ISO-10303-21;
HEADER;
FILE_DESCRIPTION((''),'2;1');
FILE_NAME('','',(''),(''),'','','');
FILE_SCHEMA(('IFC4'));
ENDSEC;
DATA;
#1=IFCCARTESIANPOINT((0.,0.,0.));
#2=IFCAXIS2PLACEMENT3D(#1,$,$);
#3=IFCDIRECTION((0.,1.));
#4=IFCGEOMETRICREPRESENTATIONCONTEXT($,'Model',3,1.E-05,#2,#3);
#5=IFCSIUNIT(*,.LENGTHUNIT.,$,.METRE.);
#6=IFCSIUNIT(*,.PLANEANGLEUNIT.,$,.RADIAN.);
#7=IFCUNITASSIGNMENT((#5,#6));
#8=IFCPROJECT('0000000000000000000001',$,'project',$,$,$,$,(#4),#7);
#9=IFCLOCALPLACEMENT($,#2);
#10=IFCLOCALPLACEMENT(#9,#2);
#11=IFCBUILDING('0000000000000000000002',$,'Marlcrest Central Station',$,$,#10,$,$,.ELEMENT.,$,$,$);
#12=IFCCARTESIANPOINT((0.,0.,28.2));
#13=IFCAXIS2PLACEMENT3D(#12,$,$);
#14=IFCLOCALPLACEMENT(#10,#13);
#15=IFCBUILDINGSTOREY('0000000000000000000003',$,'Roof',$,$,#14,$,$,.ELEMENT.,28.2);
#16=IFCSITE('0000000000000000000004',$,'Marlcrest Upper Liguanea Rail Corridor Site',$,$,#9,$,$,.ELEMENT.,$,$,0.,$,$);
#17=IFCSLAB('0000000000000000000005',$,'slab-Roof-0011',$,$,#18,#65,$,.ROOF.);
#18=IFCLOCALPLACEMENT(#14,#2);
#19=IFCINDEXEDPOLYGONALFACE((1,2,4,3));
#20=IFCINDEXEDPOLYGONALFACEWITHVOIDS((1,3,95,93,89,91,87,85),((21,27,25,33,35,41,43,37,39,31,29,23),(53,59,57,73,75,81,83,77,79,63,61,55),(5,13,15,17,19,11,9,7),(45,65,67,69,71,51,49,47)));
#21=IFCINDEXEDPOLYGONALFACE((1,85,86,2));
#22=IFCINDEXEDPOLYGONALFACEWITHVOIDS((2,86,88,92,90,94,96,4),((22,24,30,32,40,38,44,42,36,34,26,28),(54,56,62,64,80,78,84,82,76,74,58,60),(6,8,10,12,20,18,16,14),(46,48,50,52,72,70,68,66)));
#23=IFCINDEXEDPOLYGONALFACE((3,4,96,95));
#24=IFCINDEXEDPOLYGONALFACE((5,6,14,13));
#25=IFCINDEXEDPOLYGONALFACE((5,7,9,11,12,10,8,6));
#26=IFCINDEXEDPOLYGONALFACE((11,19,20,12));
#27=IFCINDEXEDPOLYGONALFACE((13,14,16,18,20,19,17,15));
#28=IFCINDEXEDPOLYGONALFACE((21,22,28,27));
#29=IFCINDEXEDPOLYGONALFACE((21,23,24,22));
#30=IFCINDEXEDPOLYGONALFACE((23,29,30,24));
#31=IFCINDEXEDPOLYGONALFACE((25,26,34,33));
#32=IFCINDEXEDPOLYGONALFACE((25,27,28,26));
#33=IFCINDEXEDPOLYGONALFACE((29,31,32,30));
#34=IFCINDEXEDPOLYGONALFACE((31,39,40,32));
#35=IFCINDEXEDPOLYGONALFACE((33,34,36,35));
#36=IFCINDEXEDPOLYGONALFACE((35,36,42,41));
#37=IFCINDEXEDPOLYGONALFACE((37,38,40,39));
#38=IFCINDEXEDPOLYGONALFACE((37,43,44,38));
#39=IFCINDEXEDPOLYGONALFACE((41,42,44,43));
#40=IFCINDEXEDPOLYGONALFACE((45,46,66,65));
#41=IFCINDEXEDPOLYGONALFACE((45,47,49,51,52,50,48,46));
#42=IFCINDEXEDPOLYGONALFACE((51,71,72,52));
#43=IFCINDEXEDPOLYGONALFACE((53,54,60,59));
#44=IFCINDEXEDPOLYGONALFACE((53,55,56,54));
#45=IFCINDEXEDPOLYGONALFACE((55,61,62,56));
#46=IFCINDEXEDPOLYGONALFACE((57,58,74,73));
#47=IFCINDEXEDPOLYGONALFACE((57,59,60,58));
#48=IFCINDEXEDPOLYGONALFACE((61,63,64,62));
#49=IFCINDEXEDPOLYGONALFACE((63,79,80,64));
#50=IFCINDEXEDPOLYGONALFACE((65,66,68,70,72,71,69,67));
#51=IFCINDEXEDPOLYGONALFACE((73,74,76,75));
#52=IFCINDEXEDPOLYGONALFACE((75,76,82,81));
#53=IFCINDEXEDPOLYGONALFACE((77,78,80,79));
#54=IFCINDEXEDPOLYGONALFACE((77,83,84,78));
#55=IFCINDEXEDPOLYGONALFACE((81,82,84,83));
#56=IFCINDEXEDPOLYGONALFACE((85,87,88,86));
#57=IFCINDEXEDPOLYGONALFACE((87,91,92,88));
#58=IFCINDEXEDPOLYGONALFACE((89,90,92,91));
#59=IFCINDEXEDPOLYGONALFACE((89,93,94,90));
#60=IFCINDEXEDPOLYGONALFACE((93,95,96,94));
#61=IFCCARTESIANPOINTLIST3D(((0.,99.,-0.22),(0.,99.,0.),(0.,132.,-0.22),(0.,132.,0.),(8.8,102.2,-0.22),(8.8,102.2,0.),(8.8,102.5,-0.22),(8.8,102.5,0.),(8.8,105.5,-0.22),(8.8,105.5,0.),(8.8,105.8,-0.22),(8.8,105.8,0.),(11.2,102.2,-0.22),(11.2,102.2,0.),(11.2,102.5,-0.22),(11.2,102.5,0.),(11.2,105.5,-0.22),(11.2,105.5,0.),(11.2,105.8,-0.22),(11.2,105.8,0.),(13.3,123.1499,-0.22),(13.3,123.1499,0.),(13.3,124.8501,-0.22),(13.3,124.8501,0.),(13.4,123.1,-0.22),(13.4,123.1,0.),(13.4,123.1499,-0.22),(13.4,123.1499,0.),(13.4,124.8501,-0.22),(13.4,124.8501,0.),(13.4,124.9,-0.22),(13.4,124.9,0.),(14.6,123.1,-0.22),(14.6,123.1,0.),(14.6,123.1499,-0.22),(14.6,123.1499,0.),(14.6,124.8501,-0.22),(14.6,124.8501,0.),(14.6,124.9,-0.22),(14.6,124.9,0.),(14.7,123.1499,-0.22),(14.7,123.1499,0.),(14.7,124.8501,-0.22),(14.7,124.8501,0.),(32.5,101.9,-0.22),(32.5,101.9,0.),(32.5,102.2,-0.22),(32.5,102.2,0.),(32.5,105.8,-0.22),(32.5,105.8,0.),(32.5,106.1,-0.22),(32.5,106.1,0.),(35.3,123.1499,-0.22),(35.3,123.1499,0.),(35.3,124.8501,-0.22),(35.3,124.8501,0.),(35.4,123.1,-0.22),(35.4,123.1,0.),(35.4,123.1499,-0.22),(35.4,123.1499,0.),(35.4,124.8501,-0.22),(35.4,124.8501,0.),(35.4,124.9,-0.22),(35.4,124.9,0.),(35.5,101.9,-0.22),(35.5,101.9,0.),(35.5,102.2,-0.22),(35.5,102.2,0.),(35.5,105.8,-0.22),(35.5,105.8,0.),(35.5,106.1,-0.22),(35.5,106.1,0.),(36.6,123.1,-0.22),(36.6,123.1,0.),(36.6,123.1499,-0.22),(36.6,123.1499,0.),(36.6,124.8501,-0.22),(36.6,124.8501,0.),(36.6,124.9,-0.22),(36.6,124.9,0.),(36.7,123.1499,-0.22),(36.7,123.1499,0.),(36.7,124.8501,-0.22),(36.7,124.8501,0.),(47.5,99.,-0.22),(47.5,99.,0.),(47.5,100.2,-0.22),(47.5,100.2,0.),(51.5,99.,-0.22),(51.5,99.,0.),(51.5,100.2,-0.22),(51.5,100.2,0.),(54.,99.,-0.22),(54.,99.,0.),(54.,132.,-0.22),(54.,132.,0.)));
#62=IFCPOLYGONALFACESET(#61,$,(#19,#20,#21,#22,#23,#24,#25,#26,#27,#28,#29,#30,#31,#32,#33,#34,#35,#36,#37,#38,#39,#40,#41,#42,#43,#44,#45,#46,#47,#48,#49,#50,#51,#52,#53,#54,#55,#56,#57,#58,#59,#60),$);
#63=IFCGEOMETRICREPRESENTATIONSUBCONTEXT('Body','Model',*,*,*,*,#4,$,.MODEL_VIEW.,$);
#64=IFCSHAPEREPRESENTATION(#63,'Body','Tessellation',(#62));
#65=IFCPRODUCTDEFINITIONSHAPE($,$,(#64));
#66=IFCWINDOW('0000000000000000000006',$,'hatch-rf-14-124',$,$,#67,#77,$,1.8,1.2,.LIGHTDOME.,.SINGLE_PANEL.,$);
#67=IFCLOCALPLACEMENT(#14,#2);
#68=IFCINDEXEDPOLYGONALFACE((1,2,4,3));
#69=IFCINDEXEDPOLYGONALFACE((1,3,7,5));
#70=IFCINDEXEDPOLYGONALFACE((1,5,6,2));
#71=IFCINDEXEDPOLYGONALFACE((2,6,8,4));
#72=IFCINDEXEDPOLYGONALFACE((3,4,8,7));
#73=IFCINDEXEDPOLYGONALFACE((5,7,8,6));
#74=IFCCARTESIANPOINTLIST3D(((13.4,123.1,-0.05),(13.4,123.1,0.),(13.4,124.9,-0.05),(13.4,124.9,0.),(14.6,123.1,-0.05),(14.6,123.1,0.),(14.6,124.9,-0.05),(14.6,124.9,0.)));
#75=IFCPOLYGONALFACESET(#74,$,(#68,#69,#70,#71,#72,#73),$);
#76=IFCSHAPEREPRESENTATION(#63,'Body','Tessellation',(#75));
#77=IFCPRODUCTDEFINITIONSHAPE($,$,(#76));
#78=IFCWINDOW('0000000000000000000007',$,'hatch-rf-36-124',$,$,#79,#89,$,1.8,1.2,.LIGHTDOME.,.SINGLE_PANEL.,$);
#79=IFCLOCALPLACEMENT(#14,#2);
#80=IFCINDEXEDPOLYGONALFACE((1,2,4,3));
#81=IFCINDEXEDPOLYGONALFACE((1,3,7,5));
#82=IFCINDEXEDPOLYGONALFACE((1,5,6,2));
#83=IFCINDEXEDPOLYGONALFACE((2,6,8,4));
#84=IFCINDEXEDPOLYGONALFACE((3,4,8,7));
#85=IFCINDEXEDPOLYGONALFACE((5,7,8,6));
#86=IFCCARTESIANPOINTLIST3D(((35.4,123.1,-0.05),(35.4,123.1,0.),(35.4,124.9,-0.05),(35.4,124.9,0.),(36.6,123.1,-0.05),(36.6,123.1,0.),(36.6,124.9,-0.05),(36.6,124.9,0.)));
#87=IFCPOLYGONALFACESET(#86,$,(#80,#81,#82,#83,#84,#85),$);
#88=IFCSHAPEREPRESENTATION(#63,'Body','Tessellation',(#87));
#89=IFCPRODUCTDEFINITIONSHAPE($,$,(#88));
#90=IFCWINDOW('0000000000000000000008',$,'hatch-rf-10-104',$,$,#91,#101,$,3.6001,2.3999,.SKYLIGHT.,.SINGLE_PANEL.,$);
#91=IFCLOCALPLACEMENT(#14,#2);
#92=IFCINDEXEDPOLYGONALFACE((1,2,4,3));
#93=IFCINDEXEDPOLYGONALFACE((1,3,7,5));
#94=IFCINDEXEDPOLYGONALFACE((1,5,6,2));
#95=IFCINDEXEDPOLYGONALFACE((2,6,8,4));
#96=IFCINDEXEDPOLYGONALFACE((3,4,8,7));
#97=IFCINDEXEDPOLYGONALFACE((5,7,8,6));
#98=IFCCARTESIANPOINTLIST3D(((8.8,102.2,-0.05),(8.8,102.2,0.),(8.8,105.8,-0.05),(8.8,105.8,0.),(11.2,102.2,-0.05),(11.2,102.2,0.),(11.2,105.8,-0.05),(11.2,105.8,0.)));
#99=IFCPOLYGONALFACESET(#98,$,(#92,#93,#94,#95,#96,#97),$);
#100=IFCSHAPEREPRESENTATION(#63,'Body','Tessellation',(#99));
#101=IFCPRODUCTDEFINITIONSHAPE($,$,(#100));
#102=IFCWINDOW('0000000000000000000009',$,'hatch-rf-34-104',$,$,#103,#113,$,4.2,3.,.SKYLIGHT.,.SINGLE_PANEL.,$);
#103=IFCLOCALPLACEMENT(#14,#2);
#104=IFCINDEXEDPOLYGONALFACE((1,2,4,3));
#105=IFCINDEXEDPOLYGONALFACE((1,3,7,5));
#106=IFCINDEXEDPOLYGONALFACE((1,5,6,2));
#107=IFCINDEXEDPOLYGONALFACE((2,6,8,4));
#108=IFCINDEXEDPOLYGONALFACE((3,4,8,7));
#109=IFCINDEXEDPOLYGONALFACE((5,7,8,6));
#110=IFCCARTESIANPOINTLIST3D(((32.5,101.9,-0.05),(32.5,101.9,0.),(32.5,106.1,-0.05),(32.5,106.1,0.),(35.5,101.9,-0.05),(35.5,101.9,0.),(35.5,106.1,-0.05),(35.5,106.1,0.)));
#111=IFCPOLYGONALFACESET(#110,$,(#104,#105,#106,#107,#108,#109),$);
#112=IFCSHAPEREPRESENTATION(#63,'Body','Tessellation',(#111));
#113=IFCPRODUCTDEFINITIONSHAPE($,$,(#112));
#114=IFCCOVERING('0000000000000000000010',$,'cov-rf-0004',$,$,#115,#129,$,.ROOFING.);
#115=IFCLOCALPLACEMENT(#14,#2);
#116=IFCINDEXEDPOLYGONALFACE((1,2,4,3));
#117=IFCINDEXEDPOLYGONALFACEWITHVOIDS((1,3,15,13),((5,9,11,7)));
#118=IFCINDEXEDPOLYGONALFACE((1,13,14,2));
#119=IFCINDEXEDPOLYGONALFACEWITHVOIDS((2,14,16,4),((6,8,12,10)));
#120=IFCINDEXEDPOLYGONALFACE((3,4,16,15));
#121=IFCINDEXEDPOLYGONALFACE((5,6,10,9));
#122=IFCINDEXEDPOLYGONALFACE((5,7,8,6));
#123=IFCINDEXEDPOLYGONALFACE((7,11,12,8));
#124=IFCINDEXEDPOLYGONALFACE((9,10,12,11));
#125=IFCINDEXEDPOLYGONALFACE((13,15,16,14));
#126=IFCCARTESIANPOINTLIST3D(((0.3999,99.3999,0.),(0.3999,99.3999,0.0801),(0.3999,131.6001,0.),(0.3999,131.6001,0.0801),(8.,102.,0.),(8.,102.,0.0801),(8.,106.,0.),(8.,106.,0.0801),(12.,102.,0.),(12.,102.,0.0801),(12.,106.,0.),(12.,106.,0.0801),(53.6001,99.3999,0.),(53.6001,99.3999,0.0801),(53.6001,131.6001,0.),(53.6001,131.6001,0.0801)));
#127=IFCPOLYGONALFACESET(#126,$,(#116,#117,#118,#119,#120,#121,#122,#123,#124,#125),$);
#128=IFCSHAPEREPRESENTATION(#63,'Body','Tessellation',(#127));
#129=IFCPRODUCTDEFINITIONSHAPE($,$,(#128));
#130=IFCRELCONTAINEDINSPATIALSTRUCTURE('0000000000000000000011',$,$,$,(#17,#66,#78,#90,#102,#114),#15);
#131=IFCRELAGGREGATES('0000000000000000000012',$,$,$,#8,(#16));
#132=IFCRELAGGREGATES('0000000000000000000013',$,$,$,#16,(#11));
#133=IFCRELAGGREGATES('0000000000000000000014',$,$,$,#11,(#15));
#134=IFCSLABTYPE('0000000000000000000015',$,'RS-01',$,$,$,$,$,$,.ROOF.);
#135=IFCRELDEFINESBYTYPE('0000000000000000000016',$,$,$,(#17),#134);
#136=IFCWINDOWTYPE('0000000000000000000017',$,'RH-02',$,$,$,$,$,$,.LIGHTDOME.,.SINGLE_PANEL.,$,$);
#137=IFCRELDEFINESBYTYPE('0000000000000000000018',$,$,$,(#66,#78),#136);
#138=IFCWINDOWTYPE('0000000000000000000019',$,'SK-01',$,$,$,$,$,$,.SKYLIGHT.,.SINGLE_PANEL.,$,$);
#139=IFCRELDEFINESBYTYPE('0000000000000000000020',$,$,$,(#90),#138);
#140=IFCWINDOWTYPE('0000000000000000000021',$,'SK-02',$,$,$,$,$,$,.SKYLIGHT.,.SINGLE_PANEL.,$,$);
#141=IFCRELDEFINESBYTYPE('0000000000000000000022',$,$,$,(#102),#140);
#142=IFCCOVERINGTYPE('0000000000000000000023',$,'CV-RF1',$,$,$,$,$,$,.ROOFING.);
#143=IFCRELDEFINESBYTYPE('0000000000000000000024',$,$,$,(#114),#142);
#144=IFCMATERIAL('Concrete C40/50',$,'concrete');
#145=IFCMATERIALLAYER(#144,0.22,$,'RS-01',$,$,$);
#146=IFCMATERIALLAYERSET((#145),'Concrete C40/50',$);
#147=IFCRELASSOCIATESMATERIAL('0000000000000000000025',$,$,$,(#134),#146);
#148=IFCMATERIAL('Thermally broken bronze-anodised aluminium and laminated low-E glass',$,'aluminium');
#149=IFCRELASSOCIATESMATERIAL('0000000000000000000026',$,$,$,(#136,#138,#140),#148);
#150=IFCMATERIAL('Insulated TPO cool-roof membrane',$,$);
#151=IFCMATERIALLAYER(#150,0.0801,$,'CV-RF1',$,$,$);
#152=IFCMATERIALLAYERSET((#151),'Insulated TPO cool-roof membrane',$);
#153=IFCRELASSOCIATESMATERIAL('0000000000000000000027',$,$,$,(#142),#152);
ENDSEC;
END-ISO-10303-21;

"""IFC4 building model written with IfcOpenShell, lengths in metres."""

from ifc_helpers import new_model, si_unit, direction, frame, origin, origin_2d, place, context, subcontext, project, spatial, polyline, rectangle, outline, extrude, material, layer, layer_set, type_object, element, fill, save


model = new_model("IFC4")

# Units and contexts
model_context = context("Model", 3, precision=1e-05, world=origin(), true_north=direction((0.0, 1.0)))
body_context = subcontext(model_context, "Body", "Model", "MODEL_VIEW")
ifc_project = project(units=[si_unit("LENGTHUNIT", "METRE"), si_unit("PLANEANGLEUNIT", "RADIAN")], contexts=[model_context])

# Site, building, storey
site_placement = place(None, origin())
site = spatial("IfcSite", under=ifc_project, at=site_placement, Name="Marlcrest Upper Liguanea Rail Corridor Site", CompositionType="ELEMENT", RefElevation=0.0)
building_placement = place(site_placement, origin())
building = spatial("IfcBuilding", under=site, at=building_placement, Name="Marlcrest Central Station", CompositionType="ELEMENT")
storey_placement = place(building_placement, frame((0.0, 0.0, 28.2)))
storey = spatial("IfcBuildingStorey", under=building, at=storey_placement, Name="Roof", CompositionType="ELEMENT", Elevation=28.2)

# Slab, openings, windows
ifc_material_1 = material(Name="Concrete C40/50", Category="concrete")
ifc_layer_1 = layer(ifc_material_1, 0.22, Name="RS-01")
ifc_layer_set_1 = layer_set([ifc_layer_1], Name="Concrete C40/50")
slab_type = type_object("IfcSlabType", Name="RS-01", PredefinedType="ROOF", material=ifc_layer_set_1)
slab_placement = place(storey_placement, frame((0.0, 0.0, -0.22)))
slab = element("IfcSlab", 1, at=slab_placement, inside=storey, type_object=slab_type, Name="slab-Roof-0011", PredefinedType="ROOF", context=body_context, shape_type="SweptSolid", body=[
    extrude(outline(polyline([(0.0, 99.0), (47.5, 99.0), (47.5, 100.2), (51.5, 100.2), (51.5, 99.0), (54.0, 99.0), (54.0, 132.0), (0.0, 132.0), (0.0, 99.0)]), holes=[polyline([(8.8, 102.5), (11.2, 102.5), (11.2, 105.5), (8.8, 105.5), (8.8, 102.5)]), polyline([(32.5, 102.2), (35.5, 102.2), (35.5, 105.8), (32.5, 105.8), (32.5, 102.2)]), polyline([(13.3, 123.1499), (14.7, 123.1499), (14.7, 124.8501), (13.3, 124.8501), (13.3, 123.1499)]), polyline([(35.3, 123.1499), (36.7, 123.1499), (36.7, 124.8501), (35.3, 124.8501), (35.3, 123.1499)])]), origin(), (0.0, 0.0, 1.0), 0.22),
])
opening_1_placement = place(slab_placement, frame((10.0, 104.0, 0.0)))
opening_1 = element("IfcOpeningElement", 2, at=opening_1_placement, cuts=slab, PredefinedType="OPENING", context=body_context, shape_type="SweptSolid", body=[
    extrude(rectangle(XDim=2.3999, YDim=3.6001, at=origin_2d()), origin(), (0.0, 0.0, 1.0), 0.22),
])
opening_2_placement = place(slab_placement, frame((34.0, 104.0, 0.0)))
opening_2 = element("IfcOpeningElement", 3, at=opening_2_placement, cuts=slab, PredefinedType="OPENING", context=body_context, shape_type="SweptSolid", body=[
    extrude(rectangle(XDim=3.0, YDim=4.2, at=origin_2d()), origin(), (0.0, 0.0, 1.0), 0.22),
])
opening_3_placement = place(slab_placement, frame((14.0, 124.0, 0.0)))
opening_3 = element("IfcOpeningElement", 4, at=opening_3_placement, cuts=slab, PredefinedType="OPENING", context=body_context, shape_type="SweptSolid", body=[
    extrude(rectangle(XDim=1.2, YDim=1.8, at=origin_2d()), origin(), (0.0, 0.0, 1.0), 0.22),
])
opening_4_placement = place(slab_placement, frame((36.0, 124.0, 0.0)))
opening_4 = element("IfcOpeningElement", 5, at=opening_4_placement, cuts=slab, PredefinedType="OPENING", context=body_context, shape_type="SweptSolid", body=[
    extrude(rectangle(XDim=1.2, YDim=1.8, at=origin_2d()), origin(), (0.0, 0.0, 1.0), 0.22),
])
ifc_material_2 = material(Name="Thermally broken bronze-anodised aluminium and laminated low-E glass", Category="aluminium")
window_type_1 = type_object("IfcWindowType", Name="RH-02", PartitioningType="SINGLE_PANEL", PredefinedType="LIGHTDOME", material=ifc_material_2)
window_1_placement = place(opening_3_placement, frame((0.0, 0.0, 0.1699)))
window_1 = element("IfcWindow", 6, at=window_1_placement, inside=storey, type_object=window_type_1, Name="hatch-rf-14-124", OverallHeight=1.8, OverallWidth=1.2, PartitioningType="SINGLE_PANEL", PredefinedType="LIGHTDOME", context=body_context, shape_type="SweptSolid", body=[
    extrude(rectangle(XDim=1.2, YDim=1.8, at=origin_2d()), origin(), (0.0, 0.0, 1.0), 0.05),
])
fill(opening_3, window_1)
window_2_placement = place(opening_4_placement, frame((0.0, 0.0, 0.1699)))
window_2 = element("IfcWindow", 7, at=window_2_placement, inside=storey, type_object=window_type_1, Name="hatch-rf-36-124", OverallHeight=1.8, OverallWidth=1.2, PartitioningType="SINGLE_PANEL", PredefinedType="LIGHTDOME", context=body_context, shape_type="SweptSolid", body=[
    extrude(rectangle(XDim=1.2, YDim=1.8, at=origin_2d()), origin(), (0.0, 0.0, 1.0), 0.05),
])
fill(opening_4, window_2)
window_type_2 = type_object("IfcWindowType", Name="SK-01", PartitioningType="SINGLE_PANEL", PredefinedType="SKYLIGHT", material=ifc_material_2)
window_3_placement = place(opening_1_placement, frame((0.0, 0.0, 0.1699)))
window_3 = element("IfcWindow", 8, at=window_3_placement, inside=storey, type_object=window_type_2, Name="hatch-rf-10-104", OverallHeight=3.6001, OverallWidth=2.3999, PartitioningType="SINGLE_PANEL", PredefinedType="SKYLIGHT", context=body_context, shape_type="SweptSolid", body=[
    extrude(rectangle(XDim=2.3999, YDim=3.6001, at=origin_2d()), origin(), (0.0, 0.0, 1.0), 0.05),
])
fill(opening_1, window_3)
window_type_3 = type_object("IfcWindowType", Name="SK-02", PartitioningType="SINGLE_PANEL", PredefinedType="SKYLIGHT", material=ifc_material_2)
window_4_placement = place(opening_2_placement, frame((0.0, 0.0, 0.1699)))
window_4 = element("IfcWindow", 9, at=window_4_placement, inside=storey, type_object=window_type_3, Name="hatch-rf-34-104", OverallHeight=4.2, OverallWidth=3.0, PartitioningType="SINGLE_PANEL", PredefinedType="SKYLIGHT", context=body_context, shape_type="SweptSolid", body=[
    extrude(rectangle(XDim=3.0, YDim=4.2, at=origin_2d()), origin(), (0.0, 0.0, 1.0), 0.05),
])
fill(opening_2, window_4)

# Covering
ifc_material_3 = material(Name="Insulated TPO cool-roof membrane")
ifc_layer_2 = layer(ifc_material_3, 0.0801, Name="CV-RF1")
ifc_layer_set_2 = layer_set([ifc_layer_2], Name="Insulated TPO cool-roof membrane")
covering_type = type_object("IfcCoveringType", Name="CV-RF1", PredefinedType="ROOFING", material=ifc_layer_set_2)
covering_placement = place(storey_placement, origin())
element("IfcCovering", 10, at=covering_placement, inside=storey, type_object=covering_type, Name="cov-rf-0004", PredefinedType="ROOFING", context=body_context, shape_type="SweptSolid", body=[
    extrude(outline(polyline([(0.3999, 99.3999), (53.6001, 99.3999), (53.6001, 131.6001), (0.3999, 131.6001), (0.3999, 99.3999)]), holes=[polyline([(8.0, 102.0), (12.0, 102.0), (12.0, 106.0), (8.0, 106.0), (8.0, 102.0)])]), origin(), (0.0, 0.0, 1.0), 0.0801),
])

save(model, "model.ifc")
